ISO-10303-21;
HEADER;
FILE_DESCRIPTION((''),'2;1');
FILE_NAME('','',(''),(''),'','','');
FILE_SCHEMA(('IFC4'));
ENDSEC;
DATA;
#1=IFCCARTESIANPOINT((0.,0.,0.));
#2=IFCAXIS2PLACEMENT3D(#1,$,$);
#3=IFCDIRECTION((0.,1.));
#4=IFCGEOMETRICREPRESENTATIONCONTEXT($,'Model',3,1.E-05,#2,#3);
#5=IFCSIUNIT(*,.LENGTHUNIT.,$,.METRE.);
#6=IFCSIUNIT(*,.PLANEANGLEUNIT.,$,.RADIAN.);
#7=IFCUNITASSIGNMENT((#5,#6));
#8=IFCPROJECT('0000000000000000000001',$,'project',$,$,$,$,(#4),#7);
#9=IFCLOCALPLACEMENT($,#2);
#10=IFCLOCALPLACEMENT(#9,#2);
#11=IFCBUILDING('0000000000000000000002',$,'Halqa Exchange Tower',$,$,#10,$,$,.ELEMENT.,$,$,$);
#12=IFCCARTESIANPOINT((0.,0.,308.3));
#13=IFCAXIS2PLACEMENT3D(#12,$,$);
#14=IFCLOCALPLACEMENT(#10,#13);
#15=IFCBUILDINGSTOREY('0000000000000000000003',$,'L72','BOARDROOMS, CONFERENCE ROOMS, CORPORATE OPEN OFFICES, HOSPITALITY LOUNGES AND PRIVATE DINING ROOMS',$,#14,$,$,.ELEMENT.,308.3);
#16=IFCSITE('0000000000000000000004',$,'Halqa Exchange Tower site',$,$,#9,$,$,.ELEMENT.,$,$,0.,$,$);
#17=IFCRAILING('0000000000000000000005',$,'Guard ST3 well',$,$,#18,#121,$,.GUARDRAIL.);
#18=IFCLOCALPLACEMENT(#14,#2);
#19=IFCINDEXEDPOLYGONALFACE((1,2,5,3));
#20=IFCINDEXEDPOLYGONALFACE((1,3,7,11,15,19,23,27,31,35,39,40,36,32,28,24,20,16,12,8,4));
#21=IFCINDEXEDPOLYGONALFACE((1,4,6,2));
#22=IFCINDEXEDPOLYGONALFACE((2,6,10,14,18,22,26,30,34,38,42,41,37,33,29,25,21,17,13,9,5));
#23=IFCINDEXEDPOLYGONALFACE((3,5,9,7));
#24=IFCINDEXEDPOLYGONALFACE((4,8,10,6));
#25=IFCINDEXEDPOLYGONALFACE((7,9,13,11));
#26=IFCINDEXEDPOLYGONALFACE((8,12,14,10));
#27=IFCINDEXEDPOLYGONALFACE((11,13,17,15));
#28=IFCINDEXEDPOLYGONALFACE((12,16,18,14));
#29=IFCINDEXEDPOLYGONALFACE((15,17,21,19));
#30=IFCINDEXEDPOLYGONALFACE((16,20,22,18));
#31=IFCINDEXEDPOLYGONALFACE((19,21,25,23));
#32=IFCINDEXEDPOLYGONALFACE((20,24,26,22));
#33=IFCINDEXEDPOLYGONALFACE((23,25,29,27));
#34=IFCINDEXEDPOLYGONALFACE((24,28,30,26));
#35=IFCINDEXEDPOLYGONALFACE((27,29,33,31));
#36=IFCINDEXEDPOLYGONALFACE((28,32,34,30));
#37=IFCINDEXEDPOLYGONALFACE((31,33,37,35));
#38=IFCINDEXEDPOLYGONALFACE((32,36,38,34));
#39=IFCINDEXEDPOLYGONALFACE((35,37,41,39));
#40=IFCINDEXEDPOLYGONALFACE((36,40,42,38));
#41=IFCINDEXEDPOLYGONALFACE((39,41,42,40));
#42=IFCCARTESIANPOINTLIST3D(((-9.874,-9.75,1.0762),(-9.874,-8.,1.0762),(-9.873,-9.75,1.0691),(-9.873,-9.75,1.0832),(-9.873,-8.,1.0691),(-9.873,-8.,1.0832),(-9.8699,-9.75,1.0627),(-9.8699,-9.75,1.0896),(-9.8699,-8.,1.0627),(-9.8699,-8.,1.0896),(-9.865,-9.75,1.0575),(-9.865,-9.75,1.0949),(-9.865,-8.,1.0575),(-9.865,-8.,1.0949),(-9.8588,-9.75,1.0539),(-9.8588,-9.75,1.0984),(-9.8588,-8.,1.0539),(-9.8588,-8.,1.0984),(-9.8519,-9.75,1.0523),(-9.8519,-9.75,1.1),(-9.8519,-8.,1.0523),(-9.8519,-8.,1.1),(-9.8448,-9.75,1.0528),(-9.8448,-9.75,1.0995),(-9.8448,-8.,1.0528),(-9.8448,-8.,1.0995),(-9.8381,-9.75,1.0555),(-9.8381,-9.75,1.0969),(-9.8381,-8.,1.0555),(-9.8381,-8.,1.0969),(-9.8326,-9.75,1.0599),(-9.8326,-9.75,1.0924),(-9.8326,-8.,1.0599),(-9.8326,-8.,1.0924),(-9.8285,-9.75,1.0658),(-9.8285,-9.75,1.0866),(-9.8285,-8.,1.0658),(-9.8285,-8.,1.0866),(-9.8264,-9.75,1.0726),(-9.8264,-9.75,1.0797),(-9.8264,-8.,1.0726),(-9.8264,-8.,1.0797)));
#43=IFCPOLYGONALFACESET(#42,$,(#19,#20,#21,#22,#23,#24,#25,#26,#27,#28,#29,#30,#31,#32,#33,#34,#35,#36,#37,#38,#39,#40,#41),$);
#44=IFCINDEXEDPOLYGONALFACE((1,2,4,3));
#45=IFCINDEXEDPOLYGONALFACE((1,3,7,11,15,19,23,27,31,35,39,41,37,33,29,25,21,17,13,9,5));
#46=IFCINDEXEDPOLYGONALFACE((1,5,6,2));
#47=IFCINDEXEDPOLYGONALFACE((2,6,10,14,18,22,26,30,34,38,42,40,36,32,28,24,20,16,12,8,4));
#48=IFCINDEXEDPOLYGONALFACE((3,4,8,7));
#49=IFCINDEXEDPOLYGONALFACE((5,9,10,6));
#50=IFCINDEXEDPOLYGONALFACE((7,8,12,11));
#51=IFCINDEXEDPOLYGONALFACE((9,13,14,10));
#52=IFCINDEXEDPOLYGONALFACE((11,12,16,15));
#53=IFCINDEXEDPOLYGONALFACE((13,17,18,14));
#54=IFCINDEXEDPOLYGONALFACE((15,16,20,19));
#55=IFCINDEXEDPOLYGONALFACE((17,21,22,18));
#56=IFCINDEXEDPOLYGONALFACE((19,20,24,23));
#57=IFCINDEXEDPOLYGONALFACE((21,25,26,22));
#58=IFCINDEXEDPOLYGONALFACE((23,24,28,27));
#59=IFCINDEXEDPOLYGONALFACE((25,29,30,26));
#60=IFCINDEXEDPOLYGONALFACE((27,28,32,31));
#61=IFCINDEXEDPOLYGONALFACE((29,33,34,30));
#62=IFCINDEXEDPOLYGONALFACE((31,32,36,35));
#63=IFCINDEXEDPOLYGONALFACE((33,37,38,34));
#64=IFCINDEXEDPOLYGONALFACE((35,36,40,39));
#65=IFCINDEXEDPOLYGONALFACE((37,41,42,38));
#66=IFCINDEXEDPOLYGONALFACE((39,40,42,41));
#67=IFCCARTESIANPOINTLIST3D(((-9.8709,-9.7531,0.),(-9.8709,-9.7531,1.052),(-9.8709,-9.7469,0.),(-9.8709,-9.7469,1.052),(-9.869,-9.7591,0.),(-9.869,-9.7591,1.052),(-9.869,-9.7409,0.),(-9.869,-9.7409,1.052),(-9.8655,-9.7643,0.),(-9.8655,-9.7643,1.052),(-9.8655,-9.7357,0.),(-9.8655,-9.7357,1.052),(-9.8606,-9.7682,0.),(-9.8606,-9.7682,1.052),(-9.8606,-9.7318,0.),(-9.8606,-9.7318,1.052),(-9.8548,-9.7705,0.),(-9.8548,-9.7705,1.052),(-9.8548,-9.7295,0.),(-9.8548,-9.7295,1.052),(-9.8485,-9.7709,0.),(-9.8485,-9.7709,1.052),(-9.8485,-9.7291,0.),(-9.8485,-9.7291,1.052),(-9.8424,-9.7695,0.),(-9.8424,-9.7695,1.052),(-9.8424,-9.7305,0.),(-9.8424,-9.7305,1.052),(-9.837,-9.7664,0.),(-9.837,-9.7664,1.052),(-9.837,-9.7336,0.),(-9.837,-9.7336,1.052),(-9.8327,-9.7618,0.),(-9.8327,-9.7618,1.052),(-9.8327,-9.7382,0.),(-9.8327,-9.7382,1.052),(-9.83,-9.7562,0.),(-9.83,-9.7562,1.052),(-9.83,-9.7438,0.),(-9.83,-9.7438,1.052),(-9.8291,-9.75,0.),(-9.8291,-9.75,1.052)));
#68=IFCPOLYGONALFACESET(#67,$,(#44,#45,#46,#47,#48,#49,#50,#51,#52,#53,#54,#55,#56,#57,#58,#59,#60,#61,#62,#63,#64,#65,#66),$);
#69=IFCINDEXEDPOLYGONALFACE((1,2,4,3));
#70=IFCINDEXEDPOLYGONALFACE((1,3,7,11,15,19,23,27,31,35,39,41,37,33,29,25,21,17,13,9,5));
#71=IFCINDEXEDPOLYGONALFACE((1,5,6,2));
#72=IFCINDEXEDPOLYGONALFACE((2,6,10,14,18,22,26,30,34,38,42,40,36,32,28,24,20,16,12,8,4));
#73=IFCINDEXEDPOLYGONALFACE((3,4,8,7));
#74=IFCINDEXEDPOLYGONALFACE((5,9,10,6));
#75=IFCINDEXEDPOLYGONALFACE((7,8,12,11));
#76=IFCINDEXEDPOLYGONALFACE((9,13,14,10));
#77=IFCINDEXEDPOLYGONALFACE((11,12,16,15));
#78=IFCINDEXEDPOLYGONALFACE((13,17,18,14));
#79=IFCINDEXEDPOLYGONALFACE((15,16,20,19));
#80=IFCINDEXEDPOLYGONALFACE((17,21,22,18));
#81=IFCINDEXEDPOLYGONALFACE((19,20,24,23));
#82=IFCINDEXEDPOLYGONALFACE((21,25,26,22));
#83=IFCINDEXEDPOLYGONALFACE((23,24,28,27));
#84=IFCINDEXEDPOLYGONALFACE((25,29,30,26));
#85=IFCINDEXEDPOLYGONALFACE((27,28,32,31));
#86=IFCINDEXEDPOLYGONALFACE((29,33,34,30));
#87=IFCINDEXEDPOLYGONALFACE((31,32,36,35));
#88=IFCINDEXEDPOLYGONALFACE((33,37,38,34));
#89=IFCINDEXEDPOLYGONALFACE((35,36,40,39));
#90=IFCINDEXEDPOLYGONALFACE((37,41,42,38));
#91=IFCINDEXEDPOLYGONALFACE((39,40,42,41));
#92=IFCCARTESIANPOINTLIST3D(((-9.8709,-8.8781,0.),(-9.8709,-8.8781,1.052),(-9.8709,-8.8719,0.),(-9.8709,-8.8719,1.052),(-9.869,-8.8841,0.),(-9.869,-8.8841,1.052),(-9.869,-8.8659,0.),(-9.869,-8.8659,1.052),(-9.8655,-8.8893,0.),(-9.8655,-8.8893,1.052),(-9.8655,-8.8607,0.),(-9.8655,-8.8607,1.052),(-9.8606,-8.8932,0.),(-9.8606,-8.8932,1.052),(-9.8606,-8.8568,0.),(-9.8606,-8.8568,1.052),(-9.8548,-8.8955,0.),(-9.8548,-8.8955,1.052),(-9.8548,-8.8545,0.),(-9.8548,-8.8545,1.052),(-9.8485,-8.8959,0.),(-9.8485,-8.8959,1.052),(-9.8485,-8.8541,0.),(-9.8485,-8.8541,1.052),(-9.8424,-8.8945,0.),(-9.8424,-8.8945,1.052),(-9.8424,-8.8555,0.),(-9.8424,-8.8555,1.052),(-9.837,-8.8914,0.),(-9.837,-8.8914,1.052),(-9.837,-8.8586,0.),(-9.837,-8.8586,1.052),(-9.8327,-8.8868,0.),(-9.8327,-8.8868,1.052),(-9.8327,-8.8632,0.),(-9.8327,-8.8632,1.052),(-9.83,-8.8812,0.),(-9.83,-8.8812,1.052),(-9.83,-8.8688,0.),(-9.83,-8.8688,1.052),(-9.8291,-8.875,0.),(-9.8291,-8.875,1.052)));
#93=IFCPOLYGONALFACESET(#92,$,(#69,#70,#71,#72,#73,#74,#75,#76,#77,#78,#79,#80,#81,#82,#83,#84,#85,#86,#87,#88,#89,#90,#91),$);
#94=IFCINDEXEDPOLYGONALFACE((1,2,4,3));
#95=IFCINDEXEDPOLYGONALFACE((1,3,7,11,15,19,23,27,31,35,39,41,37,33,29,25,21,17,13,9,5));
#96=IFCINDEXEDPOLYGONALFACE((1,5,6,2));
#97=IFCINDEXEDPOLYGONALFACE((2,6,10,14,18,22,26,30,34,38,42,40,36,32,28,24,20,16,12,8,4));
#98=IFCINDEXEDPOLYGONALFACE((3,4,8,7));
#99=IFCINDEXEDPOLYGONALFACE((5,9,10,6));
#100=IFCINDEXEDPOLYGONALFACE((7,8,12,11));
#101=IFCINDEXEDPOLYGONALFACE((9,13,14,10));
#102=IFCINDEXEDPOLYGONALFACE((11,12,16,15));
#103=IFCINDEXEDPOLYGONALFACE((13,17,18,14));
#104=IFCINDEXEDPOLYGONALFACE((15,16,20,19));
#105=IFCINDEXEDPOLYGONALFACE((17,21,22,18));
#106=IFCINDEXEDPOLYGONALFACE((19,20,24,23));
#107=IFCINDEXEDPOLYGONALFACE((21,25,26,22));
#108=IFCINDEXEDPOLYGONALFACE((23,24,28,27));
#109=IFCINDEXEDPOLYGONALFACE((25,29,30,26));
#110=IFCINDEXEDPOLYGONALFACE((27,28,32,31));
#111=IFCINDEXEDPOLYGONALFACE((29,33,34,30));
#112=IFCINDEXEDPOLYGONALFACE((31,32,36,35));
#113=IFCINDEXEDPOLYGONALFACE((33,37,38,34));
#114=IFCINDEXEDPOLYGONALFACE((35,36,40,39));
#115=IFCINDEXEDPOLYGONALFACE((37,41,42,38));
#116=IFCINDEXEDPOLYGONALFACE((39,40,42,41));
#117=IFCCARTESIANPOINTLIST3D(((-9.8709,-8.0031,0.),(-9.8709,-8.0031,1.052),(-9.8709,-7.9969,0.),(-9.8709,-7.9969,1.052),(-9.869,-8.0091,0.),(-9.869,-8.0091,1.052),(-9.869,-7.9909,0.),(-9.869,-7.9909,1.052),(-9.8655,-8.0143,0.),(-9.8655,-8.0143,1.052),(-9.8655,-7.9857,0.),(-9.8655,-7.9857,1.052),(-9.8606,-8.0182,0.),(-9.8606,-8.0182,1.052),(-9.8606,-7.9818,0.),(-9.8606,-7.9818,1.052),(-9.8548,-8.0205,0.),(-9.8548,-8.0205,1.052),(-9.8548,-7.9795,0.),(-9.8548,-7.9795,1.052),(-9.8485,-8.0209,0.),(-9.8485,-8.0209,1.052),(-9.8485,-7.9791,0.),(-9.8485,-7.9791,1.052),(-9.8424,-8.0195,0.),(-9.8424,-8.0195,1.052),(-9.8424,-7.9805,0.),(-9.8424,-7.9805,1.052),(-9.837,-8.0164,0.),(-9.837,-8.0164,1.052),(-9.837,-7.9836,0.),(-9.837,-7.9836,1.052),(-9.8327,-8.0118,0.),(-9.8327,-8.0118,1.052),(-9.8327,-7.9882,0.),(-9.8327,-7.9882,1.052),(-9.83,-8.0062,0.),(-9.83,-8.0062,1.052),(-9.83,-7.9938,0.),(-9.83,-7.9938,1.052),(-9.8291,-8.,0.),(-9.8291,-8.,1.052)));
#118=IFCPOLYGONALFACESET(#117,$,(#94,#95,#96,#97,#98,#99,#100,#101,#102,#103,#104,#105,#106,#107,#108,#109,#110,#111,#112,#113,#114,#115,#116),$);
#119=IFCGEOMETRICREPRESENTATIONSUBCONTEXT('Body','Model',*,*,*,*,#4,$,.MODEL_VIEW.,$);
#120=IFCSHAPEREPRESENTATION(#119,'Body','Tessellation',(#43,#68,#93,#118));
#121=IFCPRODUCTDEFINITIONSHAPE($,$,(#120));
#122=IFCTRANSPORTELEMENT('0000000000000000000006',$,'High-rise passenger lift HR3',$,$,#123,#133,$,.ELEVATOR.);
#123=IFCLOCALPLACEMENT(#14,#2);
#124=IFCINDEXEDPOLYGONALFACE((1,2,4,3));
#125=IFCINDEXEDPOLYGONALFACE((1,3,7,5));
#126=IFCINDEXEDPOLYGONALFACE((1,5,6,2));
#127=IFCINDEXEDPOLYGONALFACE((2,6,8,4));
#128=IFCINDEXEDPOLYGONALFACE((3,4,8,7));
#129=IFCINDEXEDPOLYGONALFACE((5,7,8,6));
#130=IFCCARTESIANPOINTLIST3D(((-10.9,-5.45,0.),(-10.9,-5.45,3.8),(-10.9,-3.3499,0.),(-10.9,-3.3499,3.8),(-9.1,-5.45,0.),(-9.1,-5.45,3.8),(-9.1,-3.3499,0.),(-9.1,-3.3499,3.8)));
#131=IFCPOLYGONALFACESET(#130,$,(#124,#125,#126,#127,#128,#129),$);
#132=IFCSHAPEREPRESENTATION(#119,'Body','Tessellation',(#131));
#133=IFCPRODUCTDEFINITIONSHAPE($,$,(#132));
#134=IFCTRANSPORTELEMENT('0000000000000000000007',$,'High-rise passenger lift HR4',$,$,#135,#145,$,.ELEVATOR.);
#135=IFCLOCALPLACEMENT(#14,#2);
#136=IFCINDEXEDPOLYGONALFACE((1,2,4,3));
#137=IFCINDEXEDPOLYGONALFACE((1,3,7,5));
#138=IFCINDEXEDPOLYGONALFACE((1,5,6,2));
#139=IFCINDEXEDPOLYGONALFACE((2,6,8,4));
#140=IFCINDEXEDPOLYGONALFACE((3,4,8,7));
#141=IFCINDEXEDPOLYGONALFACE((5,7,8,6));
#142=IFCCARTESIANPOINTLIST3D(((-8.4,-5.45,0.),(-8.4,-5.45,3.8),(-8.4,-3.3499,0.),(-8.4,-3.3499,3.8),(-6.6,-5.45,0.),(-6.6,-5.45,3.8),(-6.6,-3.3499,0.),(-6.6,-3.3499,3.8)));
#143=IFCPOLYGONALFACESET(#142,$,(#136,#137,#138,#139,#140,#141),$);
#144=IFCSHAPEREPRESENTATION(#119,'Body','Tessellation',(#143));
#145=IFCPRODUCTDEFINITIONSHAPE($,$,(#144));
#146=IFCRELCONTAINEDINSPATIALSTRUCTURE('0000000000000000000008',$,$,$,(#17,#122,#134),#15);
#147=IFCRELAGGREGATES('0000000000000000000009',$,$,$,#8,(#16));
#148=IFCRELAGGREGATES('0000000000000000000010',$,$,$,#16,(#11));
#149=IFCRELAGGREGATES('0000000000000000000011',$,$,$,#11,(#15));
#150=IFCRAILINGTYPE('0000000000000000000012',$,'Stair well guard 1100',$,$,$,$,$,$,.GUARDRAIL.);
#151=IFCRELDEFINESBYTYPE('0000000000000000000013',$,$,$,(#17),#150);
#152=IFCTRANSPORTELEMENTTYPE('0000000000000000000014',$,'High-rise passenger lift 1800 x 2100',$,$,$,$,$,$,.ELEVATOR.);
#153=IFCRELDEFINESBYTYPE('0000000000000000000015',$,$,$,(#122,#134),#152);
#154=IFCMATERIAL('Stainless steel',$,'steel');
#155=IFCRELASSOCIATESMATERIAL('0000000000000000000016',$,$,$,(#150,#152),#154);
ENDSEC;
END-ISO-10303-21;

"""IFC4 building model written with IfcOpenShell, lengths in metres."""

from ifc_helpers import new_model, si_unit, direction, frame, origin, origin_2d, place, context, subcontext, project, spatial, rectangle, circle, extrude, material, type_object, element, save


model = new_model("IFC4")

# Units and contexts
model_context = context("Model", 3, precision=1e-05, world=origin(), true_north=direction((0.0, 1.0)))
body_context = subcontext(model_context, "Body", "Model", "MODEL_VIEW")
ifc_project = project(units=[si_unit("LENGTHUNIT", "METRE"), si_unit("PLANEANGLEUNIT", "RADIAN")], contexts=[model_context])

# Site, building, storey
site_placement = place(None, origin())
site = spatial("IfcSite", under=ifc_project, at=site_placement, Name="Halqa Exchange Tower site", CompositionType="ELEMENT", RefElevation=0.0)
building_placement = place(site_placement, origin())
building = spatial("IfcBuilding", under=site, at=building_placement, Name="Halqa Exchange Tower", CompositionType="ELEMENT")
storey_placement = place(building_placement, frame((0.0, 0.0, 308.3)))
storey = spatial("IfcBuildingStorey", under=building, at=storey_placement, Name="L72", Description="BOARDROOMS, CONFERENCE ROOMS, CORPORATE OPEN OFFICES, HOSPITALITY LOUNGES AND PRIVATE DINING ROOMS", CompositionType="ELEMENT", Elevation=308.3)

# Shared definitions
ifc_material_1 = material(Name="Stainless steel", Category="steel")

# Railing
railing_type_1 = type_object("IfcRailingType", Name="Stair well guard 1100", PredefinedType="GUARDRAIL", material=ifc_material_1)
railing_1_placement = place(storey_placement, frame((-9.8501, -9.75, 0.0)))
element("IfcRailing", 1, at=railing_1_placement, inside=storey, type_object=railing_type_1, Name="Guard ST3 well", PredefinedType="GUARDRAIL", context=body_context, shape_type="SweptSolid", body=[
    extrude(circle(Radius=0.0239, at=origin_2d()), frame((0.0, 0.0, 1.0762), z_axis=(0.0, 1.0, 0.0), x_axis=(-1.0, 0.0, 0.0)), (0.0, 0.0, 1.0), 1.75),
    extrude(circle(Radius=0.021, at=origin_2d()), origin(), (0.0, 0.0, 1.0), 1.052),
    extrude(circle(Radius=0.021, at=origin_2d()), frame((0.0, 0.875, 0.0)), (0.0, 0.0, 1.0), 1.052),
    extrude(circle(Radius=0.021, at=origin_2d()), frame((0.0, 1.75, 0.0)), (0.0, 0.0, 1.0), 1.052),
])

# Transport elements
transport_element_type = type_object("IfcTransportElementType", Name="High-rise passenger lift 1800 x 2100", PredefinedType="ELEVATOR", material=ifc_material_1)
for number, where, z_axis, x_axis, name in (
    (2, (-10.0, -4.3999, 0.0), (0.0, 0.0, 1.0), (1.0, 0.0, 0.0), "High-rise passenger lift HR3"),
    (3, (-7.5, -4.3999, 0.0), (0.0, 0.0, 1.0), (1.0, 0.0, 0.0), "High-rise passenger lift HR4"),
):
    element("IfcTransportElement", number, at=place(storey_placement, frame(where, z_axis=z_axis, x_axis=x_axis)), inside=storey, type_object=transport_element_type, Name=name, PredefinedType="ELEVATOR", context=body_context, shape_type="SweptSolid", body=[
        extrude(rectangle(XDim=1.8, YDim=2.1001, at=origin_2d()), origin(), (0.0, 0.0, 1.0), 3.8),
    ])

save(model, "model.ifc")
